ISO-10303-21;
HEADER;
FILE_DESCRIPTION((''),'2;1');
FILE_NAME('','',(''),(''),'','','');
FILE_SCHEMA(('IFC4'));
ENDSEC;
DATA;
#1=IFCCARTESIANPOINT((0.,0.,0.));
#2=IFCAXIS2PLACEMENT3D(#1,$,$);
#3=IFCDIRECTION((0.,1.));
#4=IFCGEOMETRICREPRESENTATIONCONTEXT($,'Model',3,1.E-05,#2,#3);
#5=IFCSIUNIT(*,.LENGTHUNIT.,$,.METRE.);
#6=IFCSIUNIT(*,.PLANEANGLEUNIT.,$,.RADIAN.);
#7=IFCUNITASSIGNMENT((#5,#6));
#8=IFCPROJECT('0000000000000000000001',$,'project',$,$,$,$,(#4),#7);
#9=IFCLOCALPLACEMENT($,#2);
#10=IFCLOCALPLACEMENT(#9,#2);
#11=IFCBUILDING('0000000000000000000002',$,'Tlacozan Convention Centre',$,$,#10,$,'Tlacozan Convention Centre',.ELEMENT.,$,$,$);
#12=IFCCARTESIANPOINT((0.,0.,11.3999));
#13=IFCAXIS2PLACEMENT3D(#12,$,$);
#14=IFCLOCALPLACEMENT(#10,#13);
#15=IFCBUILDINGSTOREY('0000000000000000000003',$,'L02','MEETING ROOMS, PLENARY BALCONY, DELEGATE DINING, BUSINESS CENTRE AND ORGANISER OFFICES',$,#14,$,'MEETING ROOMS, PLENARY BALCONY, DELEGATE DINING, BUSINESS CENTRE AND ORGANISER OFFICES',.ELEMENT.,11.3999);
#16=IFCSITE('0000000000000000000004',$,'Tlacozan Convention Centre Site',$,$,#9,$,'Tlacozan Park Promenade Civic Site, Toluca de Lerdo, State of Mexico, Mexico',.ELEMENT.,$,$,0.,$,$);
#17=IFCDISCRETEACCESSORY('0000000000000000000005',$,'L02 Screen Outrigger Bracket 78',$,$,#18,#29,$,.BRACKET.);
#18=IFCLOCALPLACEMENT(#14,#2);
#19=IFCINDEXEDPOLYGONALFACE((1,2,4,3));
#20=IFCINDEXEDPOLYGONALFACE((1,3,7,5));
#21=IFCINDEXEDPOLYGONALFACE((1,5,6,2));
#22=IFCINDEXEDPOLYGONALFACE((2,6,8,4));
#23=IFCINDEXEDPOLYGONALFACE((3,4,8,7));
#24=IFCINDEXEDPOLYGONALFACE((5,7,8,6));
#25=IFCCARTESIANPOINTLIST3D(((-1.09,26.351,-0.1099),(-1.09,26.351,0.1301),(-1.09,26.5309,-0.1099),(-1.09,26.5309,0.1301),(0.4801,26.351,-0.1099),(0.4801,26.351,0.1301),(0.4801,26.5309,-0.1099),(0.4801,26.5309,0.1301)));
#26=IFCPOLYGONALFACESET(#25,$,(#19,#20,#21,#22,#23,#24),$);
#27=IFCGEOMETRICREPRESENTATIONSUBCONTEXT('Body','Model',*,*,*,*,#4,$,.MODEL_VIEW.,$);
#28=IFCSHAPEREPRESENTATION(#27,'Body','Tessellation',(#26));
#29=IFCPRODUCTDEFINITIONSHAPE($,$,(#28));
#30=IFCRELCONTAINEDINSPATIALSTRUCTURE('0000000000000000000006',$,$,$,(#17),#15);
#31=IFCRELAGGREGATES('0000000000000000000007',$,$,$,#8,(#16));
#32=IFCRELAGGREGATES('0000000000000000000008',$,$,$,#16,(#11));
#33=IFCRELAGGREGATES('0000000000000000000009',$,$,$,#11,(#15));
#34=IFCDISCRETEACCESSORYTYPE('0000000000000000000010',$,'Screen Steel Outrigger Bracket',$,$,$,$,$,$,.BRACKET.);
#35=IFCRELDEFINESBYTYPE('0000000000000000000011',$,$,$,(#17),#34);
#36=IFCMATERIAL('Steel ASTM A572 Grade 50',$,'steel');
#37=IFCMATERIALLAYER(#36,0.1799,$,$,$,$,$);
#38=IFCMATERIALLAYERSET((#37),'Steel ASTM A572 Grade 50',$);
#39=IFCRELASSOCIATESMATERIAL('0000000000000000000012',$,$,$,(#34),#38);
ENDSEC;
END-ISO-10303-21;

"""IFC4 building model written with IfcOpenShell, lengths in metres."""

from ifc_helpers import new_model, si_unit, direction, frame, origin, origin_2d, place, context, subcontext, project, spatial, rectangle, extrude, material, layer, layer_set, type_object, element, save


model = new_model("IFC4")

# Units and contexts
model_context = context("Model", 3, precision=1e-05, world=origin(), true_north=direction((0.0, 1.0)))
body_context = subcontext(model_context, "Body", "Model", "MODEL_VIEW")
ifc_project = project(units=[si_unit("LENGTHUNIT", "METRE"), si_unit("PLANEANGLEUNIT", "RADIAN")], contexts=[model_context])

# Site, building, storey
site_placement = place(None, origin())
site = spatial("IfcSite", under=ifc_project, at=site_placement, Name="Tlacozan Convention Centre Site", LongName="Tlacozan Park Promenade Civic Site, Toluca de Lerdo, State of Mexico, Mexico", CompositionType="ELEMENT", RefElevation=0.0)
building_placement = place(site_placement, origin())
building = spatial("IfcBuilding", under=site, at=building_placement, Name="Tlacozan Convention Centre", LongName="Tlacozan Convention Centre", CompositionType="ELEMENT")
storey_placement = place(building_placement, frame((0.0, 0.0, 11.3999)))
storey = spatial("IfcBuildingStorey", under=building, at=storey_placement, Name="L02", Description="MEETING ROOMS, PLENARY BALCONY, DELEGATE DINING, BUSINESS CENTRE AND ORGANISER OFFICES", LongName="MEETING ROOMS, PLENARY BALCONY, DELEGATE DINING, BUSINESS CENTRE AND ORGANISER OFFICES", CompositionType="ELEMENT", Elevation=11.3999)

# Discrete accessory
ifc_material_1 = material(Name="Steel ASTM A572 Grade 50", Category="steel")
ifc_layer_1 = layer(ifc_material_1, 0.1799)
ifc_layer_set_1 = layer_set([ifc_layer_1], Name="Steel ASTM A572 Grade 50")
discrete_accessory_type = type_object("IfcDiscreteAccessoryType", Name="Screen Steel Outrigger Bracket", PredefinedType="BRACKET", material=ifc_layer_set_1)
discrete_accessory_placement = place(storey_placement, frame((-0.3049, 26.4409, -0.1099), z_axis=(0.0, 0.0, 1.0), x_axis=(1.0, 0.0, 0.0)))
element("IfcDiscreteAccessory", 1, at=discrete_accessory_placement, inside=storey, type_object=discrete_accessory_type, Name="L02 Screen Outrigger Bracket 78", PredefinedType="BRACKET", context=body_context, shape_type="SweptSolid", body=[
    extrude(rectangle(XDim=1.5701, YDim=0.1799, at=origin_2d()), origin(), (0.0, 0.0, 1.0), 0.24),
])

save(model, "model.ifc")
